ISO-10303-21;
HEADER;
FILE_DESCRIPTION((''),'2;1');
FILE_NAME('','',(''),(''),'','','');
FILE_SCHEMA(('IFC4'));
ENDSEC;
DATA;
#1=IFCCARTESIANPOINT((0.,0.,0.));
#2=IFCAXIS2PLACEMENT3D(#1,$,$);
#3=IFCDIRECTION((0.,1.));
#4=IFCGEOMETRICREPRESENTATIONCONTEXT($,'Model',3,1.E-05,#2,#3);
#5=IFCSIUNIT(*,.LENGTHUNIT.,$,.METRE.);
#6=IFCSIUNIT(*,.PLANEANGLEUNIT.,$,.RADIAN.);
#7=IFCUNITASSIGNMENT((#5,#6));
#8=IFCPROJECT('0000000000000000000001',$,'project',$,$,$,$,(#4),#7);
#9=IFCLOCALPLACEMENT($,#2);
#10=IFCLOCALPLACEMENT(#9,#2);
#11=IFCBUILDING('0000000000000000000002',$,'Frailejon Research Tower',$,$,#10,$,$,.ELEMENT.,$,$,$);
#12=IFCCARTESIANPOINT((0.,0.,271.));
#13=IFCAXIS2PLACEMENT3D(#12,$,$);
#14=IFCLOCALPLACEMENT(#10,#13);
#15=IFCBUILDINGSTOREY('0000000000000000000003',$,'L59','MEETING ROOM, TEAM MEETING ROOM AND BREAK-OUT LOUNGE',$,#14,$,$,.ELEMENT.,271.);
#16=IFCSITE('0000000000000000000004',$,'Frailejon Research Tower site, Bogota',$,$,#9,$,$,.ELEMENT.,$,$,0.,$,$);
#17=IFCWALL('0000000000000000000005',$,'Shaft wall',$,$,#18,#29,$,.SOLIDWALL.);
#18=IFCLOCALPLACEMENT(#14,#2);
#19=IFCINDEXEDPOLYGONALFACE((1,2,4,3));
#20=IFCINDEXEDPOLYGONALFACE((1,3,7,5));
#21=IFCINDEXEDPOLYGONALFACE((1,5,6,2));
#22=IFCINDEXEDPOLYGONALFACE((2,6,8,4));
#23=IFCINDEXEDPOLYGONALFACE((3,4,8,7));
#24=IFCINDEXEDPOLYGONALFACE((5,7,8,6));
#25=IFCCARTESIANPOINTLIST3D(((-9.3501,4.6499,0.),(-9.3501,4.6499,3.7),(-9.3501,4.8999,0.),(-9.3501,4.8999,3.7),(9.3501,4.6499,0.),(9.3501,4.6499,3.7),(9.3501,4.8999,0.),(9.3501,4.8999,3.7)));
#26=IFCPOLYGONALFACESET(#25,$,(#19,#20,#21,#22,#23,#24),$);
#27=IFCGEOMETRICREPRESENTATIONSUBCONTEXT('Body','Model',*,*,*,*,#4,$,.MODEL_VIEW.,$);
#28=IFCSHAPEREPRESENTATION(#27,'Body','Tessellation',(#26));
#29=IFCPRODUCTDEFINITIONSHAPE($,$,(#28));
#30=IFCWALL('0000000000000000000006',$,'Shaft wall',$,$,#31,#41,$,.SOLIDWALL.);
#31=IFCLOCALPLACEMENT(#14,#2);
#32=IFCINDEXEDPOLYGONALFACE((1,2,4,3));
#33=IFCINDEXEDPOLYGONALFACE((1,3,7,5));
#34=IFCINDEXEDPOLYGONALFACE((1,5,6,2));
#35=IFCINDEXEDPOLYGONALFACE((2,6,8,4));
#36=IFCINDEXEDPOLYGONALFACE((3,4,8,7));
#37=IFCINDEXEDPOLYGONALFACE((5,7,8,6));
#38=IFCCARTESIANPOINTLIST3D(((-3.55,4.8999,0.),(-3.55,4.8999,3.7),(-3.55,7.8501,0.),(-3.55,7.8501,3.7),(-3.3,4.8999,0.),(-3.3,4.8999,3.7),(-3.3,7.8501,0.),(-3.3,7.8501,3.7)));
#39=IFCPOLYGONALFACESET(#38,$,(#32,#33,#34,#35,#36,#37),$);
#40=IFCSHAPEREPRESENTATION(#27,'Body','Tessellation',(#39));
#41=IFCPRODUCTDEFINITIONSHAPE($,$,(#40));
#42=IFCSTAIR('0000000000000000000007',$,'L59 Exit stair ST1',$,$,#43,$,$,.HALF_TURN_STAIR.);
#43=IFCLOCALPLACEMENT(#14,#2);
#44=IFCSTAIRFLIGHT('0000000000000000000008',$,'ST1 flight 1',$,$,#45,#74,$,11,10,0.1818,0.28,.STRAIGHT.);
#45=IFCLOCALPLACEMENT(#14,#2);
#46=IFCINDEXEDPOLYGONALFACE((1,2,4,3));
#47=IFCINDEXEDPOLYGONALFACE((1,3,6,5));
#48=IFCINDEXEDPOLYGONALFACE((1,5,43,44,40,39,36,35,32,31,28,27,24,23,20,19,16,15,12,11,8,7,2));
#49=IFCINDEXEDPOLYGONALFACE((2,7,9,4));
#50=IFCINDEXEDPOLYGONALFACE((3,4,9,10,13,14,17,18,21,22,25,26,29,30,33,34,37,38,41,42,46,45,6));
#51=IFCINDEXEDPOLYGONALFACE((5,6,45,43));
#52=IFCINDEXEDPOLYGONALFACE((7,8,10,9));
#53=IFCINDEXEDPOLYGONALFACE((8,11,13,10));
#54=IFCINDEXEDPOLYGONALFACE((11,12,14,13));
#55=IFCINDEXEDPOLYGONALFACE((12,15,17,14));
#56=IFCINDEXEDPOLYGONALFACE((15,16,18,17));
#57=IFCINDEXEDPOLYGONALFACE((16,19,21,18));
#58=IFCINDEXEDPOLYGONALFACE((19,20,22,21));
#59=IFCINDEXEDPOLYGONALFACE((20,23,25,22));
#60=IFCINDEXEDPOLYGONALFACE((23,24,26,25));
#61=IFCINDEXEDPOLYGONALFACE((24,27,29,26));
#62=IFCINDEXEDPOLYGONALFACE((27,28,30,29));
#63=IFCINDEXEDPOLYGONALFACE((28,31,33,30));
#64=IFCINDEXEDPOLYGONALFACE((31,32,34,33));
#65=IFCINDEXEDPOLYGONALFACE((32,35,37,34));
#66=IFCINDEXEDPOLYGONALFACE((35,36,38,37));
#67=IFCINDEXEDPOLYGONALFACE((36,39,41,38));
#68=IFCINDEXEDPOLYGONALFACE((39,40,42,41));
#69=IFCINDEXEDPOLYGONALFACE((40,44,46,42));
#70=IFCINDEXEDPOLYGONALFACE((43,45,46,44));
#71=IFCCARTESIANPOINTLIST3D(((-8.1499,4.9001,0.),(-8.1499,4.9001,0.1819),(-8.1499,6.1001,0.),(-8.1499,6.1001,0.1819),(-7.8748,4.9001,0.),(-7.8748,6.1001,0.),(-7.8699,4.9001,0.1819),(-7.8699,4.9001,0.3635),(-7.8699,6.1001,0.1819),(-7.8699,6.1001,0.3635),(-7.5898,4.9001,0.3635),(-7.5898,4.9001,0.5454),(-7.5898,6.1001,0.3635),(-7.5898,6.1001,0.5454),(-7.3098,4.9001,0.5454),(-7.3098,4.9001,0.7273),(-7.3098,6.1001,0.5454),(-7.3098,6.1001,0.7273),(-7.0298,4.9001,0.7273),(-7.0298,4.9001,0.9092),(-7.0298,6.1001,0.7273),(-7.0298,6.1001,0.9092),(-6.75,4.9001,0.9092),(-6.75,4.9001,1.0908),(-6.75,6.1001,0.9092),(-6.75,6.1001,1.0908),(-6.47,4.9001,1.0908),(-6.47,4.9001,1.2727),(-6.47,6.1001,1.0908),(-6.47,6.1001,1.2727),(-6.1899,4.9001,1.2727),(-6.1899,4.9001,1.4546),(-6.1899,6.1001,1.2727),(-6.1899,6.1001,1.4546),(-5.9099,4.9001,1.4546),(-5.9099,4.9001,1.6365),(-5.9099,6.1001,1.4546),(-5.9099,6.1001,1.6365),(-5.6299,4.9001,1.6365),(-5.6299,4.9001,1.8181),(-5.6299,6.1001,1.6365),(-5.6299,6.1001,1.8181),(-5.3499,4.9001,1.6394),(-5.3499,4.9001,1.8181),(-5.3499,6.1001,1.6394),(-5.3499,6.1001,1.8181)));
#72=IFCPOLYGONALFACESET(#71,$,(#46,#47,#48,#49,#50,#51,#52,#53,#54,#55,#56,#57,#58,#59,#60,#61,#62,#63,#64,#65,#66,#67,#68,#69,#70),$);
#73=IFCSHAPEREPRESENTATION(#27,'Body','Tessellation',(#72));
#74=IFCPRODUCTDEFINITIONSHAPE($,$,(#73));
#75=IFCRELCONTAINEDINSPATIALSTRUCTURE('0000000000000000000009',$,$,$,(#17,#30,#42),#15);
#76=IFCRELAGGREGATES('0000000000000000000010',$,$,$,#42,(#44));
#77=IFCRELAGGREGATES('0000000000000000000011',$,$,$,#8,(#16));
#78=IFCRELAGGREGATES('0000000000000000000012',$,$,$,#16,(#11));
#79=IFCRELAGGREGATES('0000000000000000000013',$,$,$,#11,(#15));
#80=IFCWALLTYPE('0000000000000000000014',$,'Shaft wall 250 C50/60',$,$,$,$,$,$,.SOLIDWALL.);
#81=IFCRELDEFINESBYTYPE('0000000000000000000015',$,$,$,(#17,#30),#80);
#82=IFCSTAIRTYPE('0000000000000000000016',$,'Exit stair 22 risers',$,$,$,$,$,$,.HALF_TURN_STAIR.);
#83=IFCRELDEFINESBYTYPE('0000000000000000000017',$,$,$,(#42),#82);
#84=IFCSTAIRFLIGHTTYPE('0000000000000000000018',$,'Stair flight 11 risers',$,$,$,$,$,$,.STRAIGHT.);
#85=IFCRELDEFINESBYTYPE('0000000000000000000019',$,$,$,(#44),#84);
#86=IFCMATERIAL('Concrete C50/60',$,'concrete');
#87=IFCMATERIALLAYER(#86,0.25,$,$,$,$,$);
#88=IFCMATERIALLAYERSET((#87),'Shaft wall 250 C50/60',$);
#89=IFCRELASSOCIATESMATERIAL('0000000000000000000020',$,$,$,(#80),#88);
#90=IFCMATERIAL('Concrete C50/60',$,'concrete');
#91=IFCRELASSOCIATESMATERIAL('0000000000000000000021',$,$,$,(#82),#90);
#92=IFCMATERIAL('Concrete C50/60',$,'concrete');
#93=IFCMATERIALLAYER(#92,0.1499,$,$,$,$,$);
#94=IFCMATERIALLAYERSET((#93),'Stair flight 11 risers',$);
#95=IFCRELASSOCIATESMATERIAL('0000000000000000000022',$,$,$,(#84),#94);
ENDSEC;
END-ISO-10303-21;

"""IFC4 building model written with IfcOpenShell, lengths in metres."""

from ifc_helpers import new_model, si_unit, direction, frame, frame_2d, origin, place, context, subcontext, project, spatial, polyline, rectangle, outline, extrude, material, layer, layer_set, type_object, element, aggregate, save


model = new_model("IFC4")

# Units and contexts
model_context = context("Model", 3, precision=1e-05, world=origin(), true_north=direction((0.0, 1.0)))
body_context = subcontext(model_context, "Body", "Model", "MODEL_VIEW")
ifc_project = project(units=[si_unit("LENGTHUNIT", "METRE"), si_unit("PLANEANGLEUNIT", "RADIAN")], contexts=[model_context])

# Site, building, storey
site_placement = place(None, origin())
site = spatial("IfcSite", under=ifc_project, at=site_placement, Name="Frailejon Research Tower site, Bogota", CompositionType="ELEMENT", RefElevation=0.0)
building_placement = place(site_placement, origin())
building = spatial("IfcBuilding", under=site, at=building_placement, Name="Frailejon Research Tower", CompositionType="ELEMENT")
storey_placement = place(building_placement, frame((0.0, 0.0, 271.0)))
storey = spatial("IfcBuildingStorey", under=building, at=storey_placement, Name="L59", Description="MEETING ROOM, TEAM MEETING ROOM AND BREAK-OUT LOUNGE", CompositionType="ELEMENT", Elevation=271.0)

# Shared definitions
ifc_material_1 = material(Name="Concrete C50/60", Category="concrete")
ifc_layer_1 = layer(ifc_material_1, 0.25)
ifc_layer_set_1 = layer_set([ifc_layer_1], Name="Shaft wall 250 C50/60")
wall_type_1 = type_object("IfcWallType", Name="Shaft wall 250 C50/60", PredefinedType="SOLIDWALL", material=ifc_layer_set_1)

# Walls
wall_1_placement = place(storey_placement, frame((-9.3501, 4.7749, 0.0), z_axis=(0.0, 0.0, 1.0), x_axis=(1.0, 0.0, 0.0)))
element("IfcWall", 1, at=wall_1_placement, inside=storey, type_object=wall_type_1, Name="Shaft wall", PredefinedType="SOLIDWALL", context=body_context, shape_type="SweptSolid", body=[
    extrude(rectangle(XDim=18.7002, YDim=0.25, at=frame_2d((9.3501, 0.0))), origin(), (0.0, 0.0, 1.0), 3.7),
])
wall_2_placement = place(storey_placement, frame((-3.425, 4.8999, 0.0), z_axis=(0.0, 0.0, 1.0), x_axis=(0.0, 1.0, 0.0)))
element("IfcWall", 2, at=wall_2_placement, inside=storey, type_object=wall_type_1, Name="Shaft wall", PredefinedType="SOLIDWALL", context=body_context, shape_type="SweptSolid", body=[
    extrude(rectangle(XDim=2.9502, YDim=0.25, at=frame_2d((1.4751, 0.0))), origin(), (0.0, 0.0, 1.0), 3.7),
])

# Stair, stair flight
ifc_material_2 = material(Name="Concrete C50/60", Category="concrete")
stair_type = type_object("IfcStairType", Name="Exit stair 22 risers", PredefinedType="HALF_TURN_STAIR", material=ifc_material_2)
stair_placement = place(storey_placement, origin())
stair = element("IfcStair", 3, at=stair_placement, inside=storey, type_object=stair_type, Name="L59 Exit stair ST1", PredefinedType="HALF_TURN_STAIR")
ifc_material_3 = material(Name="Concrete C50/60", Category="concrete")
ifc_layer_2 = layer(ifc_material_3, 0.1499)
ifc_layer_set_2 = layer_set([ifc_layer_2], Name="Stair flight 11 risers")
stair_flight_type = type_object("IfcStairFlightType", Name="Stair flight 11 risers", PredefinedType="STRAIGHT", material=ifc_layer_set_2)
stair_flight_placement = place(storey_placement, frame((-8.1499, 5.5, 0.0), z_axis=(0.0, 0.0, 1.0), x_axis=(1.0, 0.0, 0.0)))
stair_flight = element("IfcStairFlight", 4, at=stair_flight_placement, type_object=stair_flight_type, Name="ST1 flight 1", NumberOfRisers=11, NumberOfTreads=10, PredefinedType="STRAIGHT", RiserHeight=0.1818, TreadLength=0.28, context=body_context, shape_type="SweptSolid", body=[
    extrude(outline(polyline([(0.0, 0.0), (0.0, 0.1819), (0.28, 0.1819), (0.28, 0.3635), (0.5601, 0.3635), (0.5601, 0.5454), (0.8401, 0.5454), (0.8401, 0.7273), (1.1201, 0.7273), (1.1201, 0.9092), (1.3999, 0.9092), (1.3999, 1.0908), (1.6799, 1.0908), (1.6799, 1.2727), (1.96, 1.2727), (1.96, 1.4546), (2.24, 1.4546), (2.24, 1.6365), (2.52, 1.6365), (2.52, 1.8181), (2.8, 1.8181), (2.8, 2.0), (2.8, 1.6394), (0.2751, 0.0), (0.0, 0.0)])), frame((0.0, 0.6001, 0.0), z_axis=(0.0, -1.0, 0.0), x_axis=(1.0, 0.0, 0.0)), (0.0, 0.0, 1.0), 1.2),
])
aggregate(stair, [stair_flight])

save(model, "model.ifc")
